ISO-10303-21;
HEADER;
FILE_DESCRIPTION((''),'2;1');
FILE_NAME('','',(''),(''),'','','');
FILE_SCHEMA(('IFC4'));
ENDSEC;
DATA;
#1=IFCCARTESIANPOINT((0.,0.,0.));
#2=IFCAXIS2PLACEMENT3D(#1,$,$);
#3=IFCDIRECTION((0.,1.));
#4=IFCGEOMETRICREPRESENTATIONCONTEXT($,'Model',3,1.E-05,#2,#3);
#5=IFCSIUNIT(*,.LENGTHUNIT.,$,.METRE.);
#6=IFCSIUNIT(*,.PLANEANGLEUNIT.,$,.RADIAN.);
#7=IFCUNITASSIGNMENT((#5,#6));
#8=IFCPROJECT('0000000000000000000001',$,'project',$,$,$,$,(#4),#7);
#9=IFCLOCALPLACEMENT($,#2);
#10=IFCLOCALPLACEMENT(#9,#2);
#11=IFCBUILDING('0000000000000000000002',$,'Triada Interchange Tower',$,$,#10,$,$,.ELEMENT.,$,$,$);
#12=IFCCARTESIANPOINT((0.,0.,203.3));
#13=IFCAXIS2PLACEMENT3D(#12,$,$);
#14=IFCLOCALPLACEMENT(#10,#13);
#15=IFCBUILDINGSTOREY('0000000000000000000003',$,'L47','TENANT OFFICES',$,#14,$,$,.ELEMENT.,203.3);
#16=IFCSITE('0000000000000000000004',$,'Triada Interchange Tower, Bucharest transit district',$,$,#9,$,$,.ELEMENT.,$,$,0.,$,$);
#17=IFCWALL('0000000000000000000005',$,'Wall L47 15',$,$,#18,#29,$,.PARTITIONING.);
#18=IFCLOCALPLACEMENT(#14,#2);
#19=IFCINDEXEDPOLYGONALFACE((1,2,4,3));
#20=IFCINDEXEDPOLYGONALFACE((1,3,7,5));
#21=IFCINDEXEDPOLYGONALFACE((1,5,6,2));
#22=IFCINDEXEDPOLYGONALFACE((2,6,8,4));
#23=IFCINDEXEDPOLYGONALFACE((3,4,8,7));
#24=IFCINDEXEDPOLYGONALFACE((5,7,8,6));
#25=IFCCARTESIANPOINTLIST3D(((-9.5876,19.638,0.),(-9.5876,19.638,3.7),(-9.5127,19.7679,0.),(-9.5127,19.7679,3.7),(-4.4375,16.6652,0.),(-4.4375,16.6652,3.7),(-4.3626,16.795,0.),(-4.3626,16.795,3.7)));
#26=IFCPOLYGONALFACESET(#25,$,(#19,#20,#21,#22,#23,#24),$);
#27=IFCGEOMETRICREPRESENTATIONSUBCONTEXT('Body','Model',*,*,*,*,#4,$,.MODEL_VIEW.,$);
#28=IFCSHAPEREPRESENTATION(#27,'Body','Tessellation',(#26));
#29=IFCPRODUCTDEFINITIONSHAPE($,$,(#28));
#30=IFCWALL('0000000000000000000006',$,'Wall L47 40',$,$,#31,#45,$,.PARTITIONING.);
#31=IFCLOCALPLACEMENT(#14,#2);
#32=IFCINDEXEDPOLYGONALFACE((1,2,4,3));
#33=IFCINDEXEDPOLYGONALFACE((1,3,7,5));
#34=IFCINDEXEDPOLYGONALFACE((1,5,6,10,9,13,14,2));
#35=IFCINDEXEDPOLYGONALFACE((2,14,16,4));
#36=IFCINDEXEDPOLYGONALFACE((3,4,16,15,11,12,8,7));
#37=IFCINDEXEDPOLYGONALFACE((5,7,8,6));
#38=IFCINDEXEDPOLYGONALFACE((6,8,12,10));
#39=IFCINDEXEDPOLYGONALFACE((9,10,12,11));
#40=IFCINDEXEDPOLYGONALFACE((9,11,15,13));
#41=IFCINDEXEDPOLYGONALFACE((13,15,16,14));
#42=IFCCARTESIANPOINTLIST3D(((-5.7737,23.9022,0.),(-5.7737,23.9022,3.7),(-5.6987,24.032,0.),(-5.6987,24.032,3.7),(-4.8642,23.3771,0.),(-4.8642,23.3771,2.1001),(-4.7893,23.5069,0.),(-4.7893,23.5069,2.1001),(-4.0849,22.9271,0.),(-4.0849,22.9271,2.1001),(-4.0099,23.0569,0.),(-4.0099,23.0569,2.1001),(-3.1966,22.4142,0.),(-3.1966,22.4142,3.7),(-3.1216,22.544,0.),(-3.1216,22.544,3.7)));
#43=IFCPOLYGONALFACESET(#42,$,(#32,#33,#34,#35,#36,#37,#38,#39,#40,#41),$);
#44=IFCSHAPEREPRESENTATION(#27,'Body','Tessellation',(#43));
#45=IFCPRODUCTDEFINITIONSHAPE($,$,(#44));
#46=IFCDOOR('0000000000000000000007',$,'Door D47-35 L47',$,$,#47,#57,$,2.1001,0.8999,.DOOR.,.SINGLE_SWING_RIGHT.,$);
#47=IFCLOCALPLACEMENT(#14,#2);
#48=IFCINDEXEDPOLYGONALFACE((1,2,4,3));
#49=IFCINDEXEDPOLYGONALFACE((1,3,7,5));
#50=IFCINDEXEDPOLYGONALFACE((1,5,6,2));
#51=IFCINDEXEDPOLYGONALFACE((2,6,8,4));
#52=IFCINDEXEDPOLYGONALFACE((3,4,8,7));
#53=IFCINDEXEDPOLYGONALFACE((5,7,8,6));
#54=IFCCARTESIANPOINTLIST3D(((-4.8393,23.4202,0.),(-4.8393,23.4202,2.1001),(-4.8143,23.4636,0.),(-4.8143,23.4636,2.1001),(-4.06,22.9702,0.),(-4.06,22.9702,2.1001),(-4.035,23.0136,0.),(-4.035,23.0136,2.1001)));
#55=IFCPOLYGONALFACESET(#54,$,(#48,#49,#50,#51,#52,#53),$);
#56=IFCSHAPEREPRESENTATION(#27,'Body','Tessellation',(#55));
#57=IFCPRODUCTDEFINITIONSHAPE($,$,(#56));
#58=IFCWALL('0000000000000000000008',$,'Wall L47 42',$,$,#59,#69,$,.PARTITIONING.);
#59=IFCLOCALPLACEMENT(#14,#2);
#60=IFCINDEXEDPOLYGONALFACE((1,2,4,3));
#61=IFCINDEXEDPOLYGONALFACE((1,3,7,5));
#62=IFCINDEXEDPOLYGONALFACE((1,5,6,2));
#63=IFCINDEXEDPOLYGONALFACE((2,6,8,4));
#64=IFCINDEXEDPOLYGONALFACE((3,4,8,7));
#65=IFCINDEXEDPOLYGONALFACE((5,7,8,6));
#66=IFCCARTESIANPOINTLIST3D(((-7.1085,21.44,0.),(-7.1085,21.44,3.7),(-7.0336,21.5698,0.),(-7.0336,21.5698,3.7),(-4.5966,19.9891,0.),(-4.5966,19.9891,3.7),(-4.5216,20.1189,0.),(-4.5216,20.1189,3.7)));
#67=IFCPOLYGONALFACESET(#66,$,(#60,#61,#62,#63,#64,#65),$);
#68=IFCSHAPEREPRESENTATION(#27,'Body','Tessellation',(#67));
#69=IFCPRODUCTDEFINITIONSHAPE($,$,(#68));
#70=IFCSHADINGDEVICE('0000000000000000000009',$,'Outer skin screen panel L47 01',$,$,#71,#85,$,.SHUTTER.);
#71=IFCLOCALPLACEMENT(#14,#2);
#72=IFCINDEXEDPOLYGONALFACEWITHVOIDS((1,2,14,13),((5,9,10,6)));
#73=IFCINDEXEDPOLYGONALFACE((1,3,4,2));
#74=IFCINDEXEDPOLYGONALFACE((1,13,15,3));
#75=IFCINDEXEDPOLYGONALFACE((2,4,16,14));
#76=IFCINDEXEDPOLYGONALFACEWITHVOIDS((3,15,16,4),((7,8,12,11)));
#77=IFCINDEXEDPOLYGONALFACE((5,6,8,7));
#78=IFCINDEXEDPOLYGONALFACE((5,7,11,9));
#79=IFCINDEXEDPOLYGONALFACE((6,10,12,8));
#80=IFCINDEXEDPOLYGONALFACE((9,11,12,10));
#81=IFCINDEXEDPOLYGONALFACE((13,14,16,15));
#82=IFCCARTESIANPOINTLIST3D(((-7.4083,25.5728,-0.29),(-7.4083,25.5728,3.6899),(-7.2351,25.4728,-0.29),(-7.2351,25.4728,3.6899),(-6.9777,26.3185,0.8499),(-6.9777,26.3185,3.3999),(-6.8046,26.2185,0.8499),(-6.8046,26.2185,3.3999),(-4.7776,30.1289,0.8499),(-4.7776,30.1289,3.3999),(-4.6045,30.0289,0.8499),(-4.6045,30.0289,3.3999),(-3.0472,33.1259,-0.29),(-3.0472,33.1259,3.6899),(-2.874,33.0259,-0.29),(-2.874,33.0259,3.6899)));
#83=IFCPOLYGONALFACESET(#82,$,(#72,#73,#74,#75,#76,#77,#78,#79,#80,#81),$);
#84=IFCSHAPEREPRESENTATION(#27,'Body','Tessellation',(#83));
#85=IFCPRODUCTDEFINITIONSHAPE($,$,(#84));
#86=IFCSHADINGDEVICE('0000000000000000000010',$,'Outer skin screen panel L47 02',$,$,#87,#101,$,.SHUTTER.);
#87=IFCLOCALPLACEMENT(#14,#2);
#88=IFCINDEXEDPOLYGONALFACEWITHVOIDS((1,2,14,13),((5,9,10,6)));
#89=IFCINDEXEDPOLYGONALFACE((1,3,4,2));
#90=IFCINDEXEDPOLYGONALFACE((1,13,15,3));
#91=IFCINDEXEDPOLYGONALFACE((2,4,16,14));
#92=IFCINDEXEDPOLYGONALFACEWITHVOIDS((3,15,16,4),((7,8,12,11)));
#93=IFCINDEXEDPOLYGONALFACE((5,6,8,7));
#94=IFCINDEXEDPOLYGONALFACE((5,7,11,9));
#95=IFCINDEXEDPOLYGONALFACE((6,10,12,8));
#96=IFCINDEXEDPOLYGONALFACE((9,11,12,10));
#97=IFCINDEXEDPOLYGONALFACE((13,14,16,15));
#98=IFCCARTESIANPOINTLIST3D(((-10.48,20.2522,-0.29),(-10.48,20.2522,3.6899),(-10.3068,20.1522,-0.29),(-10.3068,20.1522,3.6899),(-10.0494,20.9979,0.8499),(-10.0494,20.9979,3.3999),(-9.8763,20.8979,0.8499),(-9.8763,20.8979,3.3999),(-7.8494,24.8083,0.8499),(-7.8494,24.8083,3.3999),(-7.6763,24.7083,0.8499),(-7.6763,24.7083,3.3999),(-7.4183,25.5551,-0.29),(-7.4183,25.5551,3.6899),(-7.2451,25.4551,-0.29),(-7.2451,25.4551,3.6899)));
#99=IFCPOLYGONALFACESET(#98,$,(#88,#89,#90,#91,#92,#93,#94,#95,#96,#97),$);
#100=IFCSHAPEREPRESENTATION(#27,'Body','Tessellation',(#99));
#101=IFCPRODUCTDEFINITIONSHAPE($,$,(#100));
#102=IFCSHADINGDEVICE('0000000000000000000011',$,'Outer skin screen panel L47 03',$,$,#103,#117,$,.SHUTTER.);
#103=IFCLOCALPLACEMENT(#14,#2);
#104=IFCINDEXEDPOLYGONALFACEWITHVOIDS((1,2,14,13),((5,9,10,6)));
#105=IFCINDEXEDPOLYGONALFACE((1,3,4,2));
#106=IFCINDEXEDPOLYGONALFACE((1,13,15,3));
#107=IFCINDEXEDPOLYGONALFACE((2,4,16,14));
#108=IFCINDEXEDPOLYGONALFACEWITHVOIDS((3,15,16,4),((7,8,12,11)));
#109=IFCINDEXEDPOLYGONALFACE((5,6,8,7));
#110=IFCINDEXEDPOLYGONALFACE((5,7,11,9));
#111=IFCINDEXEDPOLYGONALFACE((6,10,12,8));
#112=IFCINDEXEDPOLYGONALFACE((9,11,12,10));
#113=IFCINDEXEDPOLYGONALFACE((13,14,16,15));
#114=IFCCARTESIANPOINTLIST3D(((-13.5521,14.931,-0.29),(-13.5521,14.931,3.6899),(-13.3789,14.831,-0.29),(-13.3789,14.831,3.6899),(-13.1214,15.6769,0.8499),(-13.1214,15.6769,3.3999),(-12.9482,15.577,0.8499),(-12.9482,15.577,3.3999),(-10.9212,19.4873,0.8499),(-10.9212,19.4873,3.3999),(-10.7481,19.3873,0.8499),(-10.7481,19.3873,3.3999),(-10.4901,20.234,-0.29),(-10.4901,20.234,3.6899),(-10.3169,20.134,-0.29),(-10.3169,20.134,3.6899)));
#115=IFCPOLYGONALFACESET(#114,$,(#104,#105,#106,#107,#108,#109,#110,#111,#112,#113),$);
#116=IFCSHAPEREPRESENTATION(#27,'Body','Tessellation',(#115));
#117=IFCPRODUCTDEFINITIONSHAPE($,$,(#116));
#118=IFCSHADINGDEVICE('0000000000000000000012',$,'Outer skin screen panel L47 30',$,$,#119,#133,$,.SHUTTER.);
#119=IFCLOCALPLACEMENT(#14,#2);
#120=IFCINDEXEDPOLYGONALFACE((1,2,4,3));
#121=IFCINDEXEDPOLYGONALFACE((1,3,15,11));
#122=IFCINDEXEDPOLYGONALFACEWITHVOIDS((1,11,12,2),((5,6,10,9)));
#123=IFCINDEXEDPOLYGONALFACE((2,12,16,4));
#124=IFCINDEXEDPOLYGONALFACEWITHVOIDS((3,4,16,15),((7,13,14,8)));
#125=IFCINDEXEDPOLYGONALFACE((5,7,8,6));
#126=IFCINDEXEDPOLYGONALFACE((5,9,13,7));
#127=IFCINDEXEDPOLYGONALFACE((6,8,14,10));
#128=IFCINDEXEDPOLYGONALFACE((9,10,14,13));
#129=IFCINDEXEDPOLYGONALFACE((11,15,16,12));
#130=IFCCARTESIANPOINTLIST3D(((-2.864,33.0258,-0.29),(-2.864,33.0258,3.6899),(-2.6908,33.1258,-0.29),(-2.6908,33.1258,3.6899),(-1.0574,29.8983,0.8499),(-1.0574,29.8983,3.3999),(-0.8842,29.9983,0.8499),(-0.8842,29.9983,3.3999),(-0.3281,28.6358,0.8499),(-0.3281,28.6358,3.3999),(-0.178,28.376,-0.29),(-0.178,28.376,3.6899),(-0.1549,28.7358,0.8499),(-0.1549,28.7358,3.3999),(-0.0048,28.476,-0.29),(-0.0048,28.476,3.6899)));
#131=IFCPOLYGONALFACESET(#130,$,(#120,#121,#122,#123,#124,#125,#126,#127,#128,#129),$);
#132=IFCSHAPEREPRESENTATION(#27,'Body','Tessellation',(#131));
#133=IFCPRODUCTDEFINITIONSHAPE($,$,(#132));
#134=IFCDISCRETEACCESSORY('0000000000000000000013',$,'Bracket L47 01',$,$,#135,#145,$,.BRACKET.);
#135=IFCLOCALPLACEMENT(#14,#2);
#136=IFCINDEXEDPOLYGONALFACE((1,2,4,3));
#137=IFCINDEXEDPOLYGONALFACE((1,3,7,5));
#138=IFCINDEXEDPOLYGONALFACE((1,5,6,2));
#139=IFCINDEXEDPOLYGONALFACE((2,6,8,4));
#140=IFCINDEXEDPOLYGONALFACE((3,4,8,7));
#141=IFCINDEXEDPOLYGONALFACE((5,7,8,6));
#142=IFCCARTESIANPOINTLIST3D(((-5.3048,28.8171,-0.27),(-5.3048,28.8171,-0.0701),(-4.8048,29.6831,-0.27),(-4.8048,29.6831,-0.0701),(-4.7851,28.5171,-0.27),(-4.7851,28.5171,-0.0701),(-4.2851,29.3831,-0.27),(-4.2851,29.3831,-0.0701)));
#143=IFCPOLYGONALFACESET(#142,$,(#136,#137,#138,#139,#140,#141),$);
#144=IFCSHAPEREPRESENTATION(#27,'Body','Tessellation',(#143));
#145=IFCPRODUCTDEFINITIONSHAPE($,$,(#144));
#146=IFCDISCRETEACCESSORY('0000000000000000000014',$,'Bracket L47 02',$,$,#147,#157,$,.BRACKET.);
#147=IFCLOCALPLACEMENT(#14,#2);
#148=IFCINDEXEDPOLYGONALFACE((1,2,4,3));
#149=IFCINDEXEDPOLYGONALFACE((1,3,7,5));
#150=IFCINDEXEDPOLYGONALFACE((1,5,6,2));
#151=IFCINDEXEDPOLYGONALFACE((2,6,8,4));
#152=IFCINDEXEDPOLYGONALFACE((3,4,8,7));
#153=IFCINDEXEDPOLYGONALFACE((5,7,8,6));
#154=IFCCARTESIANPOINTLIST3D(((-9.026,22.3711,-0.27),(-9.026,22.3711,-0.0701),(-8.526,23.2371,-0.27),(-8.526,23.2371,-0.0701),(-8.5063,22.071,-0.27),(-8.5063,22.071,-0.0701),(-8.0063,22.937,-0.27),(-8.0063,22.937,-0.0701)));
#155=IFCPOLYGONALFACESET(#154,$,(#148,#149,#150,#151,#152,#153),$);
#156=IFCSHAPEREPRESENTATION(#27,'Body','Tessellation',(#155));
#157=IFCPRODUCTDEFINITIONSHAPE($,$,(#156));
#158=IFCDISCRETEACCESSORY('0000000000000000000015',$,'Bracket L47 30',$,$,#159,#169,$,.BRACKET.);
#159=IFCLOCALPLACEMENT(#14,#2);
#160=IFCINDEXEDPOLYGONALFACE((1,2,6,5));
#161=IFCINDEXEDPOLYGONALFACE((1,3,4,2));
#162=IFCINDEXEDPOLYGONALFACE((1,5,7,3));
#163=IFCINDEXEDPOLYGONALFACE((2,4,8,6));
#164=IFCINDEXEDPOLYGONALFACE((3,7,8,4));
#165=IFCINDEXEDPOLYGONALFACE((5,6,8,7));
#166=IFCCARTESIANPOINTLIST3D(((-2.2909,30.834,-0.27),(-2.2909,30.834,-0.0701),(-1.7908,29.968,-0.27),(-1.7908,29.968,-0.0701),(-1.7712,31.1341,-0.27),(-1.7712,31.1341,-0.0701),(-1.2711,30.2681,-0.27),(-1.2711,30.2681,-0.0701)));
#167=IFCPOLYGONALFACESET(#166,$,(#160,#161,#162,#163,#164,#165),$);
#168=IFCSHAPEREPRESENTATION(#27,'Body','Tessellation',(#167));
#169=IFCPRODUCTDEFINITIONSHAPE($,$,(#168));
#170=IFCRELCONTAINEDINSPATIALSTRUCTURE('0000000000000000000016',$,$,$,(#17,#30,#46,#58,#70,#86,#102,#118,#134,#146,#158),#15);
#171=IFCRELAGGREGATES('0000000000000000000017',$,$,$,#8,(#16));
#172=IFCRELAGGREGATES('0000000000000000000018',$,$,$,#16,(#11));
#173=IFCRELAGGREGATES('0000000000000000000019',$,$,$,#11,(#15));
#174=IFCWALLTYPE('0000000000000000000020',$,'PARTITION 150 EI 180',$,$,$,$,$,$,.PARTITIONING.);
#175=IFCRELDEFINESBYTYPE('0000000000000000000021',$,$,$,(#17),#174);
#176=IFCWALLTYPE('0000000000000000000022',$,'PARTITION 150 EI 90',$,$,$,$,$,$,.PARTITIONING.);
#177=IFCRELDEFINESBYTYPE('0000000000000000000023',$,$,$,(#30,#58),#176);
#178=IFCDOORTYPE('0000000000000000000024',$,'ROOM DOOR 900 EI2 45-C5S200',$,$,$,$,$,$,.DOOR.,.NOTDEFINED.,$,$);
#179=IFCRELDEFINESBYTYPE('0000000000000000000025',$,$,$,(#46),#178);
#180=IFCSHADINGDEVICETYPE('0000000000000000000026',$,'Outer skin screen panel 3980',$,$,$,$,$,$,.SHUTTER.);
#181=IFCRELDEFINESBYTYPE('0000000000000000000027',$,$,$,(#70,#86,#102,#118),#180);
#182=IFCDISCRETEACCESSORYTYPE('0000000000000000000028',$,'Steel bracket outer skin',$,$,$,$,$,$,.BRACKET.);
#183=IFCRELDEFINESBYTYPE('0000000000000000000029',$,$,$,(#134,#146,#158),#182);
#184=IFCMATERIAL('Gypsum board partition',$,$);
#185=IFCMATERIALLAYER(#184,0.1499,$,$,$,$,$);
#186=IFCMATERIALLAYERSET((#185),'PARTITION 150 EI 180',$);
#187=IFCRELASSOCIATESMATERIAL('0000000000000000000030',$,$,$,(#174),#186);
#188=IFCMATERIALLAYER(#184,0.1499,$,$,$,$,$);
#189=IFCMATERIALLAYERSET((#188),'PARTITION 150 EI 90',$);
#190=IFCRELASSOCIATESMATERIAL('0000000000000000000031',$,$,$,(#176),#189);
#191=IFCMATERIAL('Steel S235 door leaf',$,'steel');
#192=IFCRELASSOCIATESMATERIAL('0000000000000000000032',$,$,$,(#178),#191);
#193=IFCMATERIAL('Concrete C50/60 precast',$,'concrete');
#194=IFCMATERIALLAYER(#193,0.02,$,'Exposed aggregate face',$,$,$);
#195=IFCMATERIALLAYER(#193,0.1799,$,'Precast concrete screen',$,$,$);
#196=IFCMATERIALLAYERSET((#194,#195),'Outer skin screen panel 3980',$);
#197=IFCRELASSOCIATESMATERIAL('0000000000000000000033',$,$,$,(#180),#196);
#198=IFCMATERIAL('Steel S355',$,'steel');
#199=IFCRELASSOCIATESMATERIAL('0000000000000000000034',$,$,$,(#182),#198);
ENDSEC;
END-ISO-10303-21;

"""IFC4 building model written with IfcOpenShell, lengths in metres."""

from ifc_helpers import new_model, si_unit, direction, frame, frame_2d, origin, origin_2d, place, context, subcontext, project, spatial, polyline, rectangle, outline, extrude, material, layer, layer_set, type_object, element, fill, save


model = new_model("IFC4")

# Units and contexts
model_context = context("Model", 3, precision=1e-05, world=origin(), true_north=direction((0.0, 1.0)))
body_context = subcontext(model_context, "Body", "Model", "MODEL_VIEW")
ifc_project = project(units=[si_unit("LENGTHUNIT", "METRE"), si_unit("PLANEANGLEUNIT", "RADIAN")], contexts=[model_context])

# Site, building, storey
site_placement = place(None, origin())
site = spatial("IfcSite", under=ifc_project, at=site_placement, Name="Triada Interchange Tower, Bucharest transit district", CompositionType="ELEMENT", RefElevation=0.0)
building_placement = place(site_placement, origin())
building = spatial("IfcBuilding", under=site, at=building_placement, Name="Triada Interchange Tower", CompositionType="ELEMENT")
storey_placement = place(building_placement, frame((0.0, 0.0, 203.3)))
storey = spatial("IfcBuildingStorey", under=building, at=storey_placement, Name="L47", Description="TENANT OFFICES", CompositionType="ELEMENT", Elevation=203.3)

# Wall
ifc_material_1 = material(Name="Gypsum board partition")
ifc_layer_1 = layer(ifc_material_1, 0.1499)
ifc_layer_set_1 = layer_set([ifc_layer_1], Name="PARTITION 150 EI 180")
wall_type_1 = type_object("IfcWallType", Name="PARTITION 150 EI 180", PredefinedType="PARTITIONING", material=ifc_layer_set_1)
wall_1_placement = place(storey_placement, frame((-9.55, 19.7029, 0.0), z_axis=(0.0, 0.0, 1.0), x_axis=(0.866065, -0.499932, 0.0)))
element("IfcWall", 1, at=wall_1_placement, inside=storey, type_object=wall_type_1, Name="Wall L47 15", PredefinedType="PARTITIONING", context=body_context, shape_type="SweptSolid", body=[
    extrude(rectangle(XDim=5.9465, YDim=0.1499, at=frame_2d((2.9731, 0.0))), origin(), (0.0, 0.0, 1.0), 3.7),
])

# Wall, opening, door
ifc_layer_2 = layer(ifc_material_1, 0.1499)
ifc_layer_set_2 = layer_set([ifc_layer_2], Name="PARTITION 150 EI 90")
wall_type_2 = type_object("IfcWallType", Name="PARTITION 150 EI 90", PredefinedType="PARTITIONING", material=ifc_layer_set_2)
wall_2_placement = place(storey_placement, frame((-5.7361, 23.967, 0.0), z_axis=(0.0, 0.0, 1.0), x_axis=(0.866008, -0.50003, 0.0)))
wall_2 = element("IfcWall", 2, at=wall_2_placement, inside=storey, type_object=wall_type_2, Name="Wall L47 40", PredefinedType="PARTITIONING", context=body_context, shape_type="SweptSolid", body=[
    extrude(rectangle(XDim=2.9758, YDim=0.1499, at=frame_2d((1.4878, 0.0))), origin(), (0.0, 0.0, 1.0), 3.7),
])
opening_1_placement = place(wall_2_placement, frame((1.05, 0.0, 0.0)))
opening_1 = element("IfcOpeningElement", 3, at=opening_1_placement, cuts=wall_2, PredefinedType="OPENING", context=body_context, shape_type="SweptSolid", body=[
    extrude(rectangle(XDim=0.8999, YDim=2.1001, at=frame_2d((0.45, 1.05))), frame((0.0, 0.085, 0.0), z_axis=(0.0, -1.0, 0.0), x_axis=(1.0, 0.0, 0.0)), (0.0, 0.0, 1.0), 0.1699),
])
ifc_material_2 = material(Name="Steel S235 door leaf", Category="steel")
door_type = type_object("IfcDoorType", Name="ROOM DOOR 900 EI2 45-C5S200", OperationType="NOTDEFINED", PredefinedType="DOOR", material=ifc_material_2)
door_placement = place(opening_1_placement, origin())
door = element("IfcDoor", 4, at=door_placement, inside=storey, type_object=door_type, Name="Door D47-35 L47", OperationType="SINGLE_SWING_RIGHT", OverallHeight=2.1001, OverallWidth=0.8999, PredefinedType="DOOR", context=body_context, shape_type="SweptSolid", body=[
    extrude(rectangle(XDim=0.8999, YDim=2.1001, at=frame_2d((0.45, 1.05))), frame((0.0, 0.0249, 0.0), z_axis=(0.0, -1.0, 0.0), x_axis=(1.0, 0.0, 0.0)), (0.0, 0.0, 1.0), 0.05),
])
fill(opening_1, door)

# Wall
wall_3_placement = place(storey_placement, frame((-7.071, 21.5049, 0.0), z_axis=(0.0, 0.0, 1.0), x_axis=(0.865929, -0.500167, 0.0)))
element("IfcWall", 5, at=wall_3_placement, inside=storey, type_object=wall_type_2, Name="Wall L47 42", PredefinedType="PARTITIONING", context=body_context, shape_type="SweptSolid", body=[
    extrude(rectangle(XDim=2.9009, YDim=0.1499, at=frame_2d((1.4504, 0.0))), origin(), (0.0, 0.0, 1.0), 3.7),
])

# Shading devices
ifc_material_3 = material(Name="Concrete C50/60 precast", Category="concrete")
ifc_layer_3 = layer(ifc_material_3, 0.02, Name="Exposed aggregate face")
ifc_layer_4 = layer(ifc_material_3, 0.1799, Name="Precast concrete screen")
ifc_layer_set_3 = layer_set([ifc_layer_3, ifc_layer_4], Name="Outer skin screen panel 3980")
shading_device_type = type_object("IfcShadingDeviceType", Name="Outer skin screen panel 3980", PredefinedType="SHUTTER", material=ifc_layer_set_3)
shading_device_1_placement = place(storey_placement, frame((-2.874, 33.0259, -0.29), z_axis=(0.0, 0.0, 1.0), x_axis=(-0.500032, -0.866007, 0.0)))
element("IfcShadingDevice", 6, at=shading_device_1_placement, inside=storey, type_object=shading_device_type, Name="Outer skin screen panel L47 01", PredefinedType="SHUTTER", context=body_context, shape_type="SweptSolid", body=[
    extrude(outline(polyline([(0.0, 0.0), (8.7217, 0.0), (8.7217, 3.98), (0.0, 3.98), (0.0, 0.0)]), holes=[polyline([(3.4607, 1.1399), (3.4607, 3.6899), (7.8606, 3.6899), (7.8606, 1.1399), (3.4607, 1.1399)])]), frame((0.0, 0.0, 0.0), z_axis=(0.0, -1.0, 0.0), x_axis=(1.0, 0.0, 0.0)), (0.0, 0.0, 1.0), 0.2),
])
shading_device_2_placement = place(storey_placement, frame((-7.2451, 25.4551, -0.29), z_axis=(0.0, 0.0, 1.0), x_axis=(-0.500011, -0.866019, 0.0)))
element("IfcShadingDevice", 7, at=shading_device_2_placement, inside=storey, type_object=shading_device_type, Name="Outer skin screen panel L47 02", PredefinedType="SHUTTER", context=body_context, shape_type="SweptSolid", body=[
    extrude(outline(polyline([(0.0, 0.0), (6.1233, 0.0), (6.1233, 3.98), (0.0, 3.98), (0.0, 0.0)]), holes=[polyline([(0.8623, 1.1399), (0.8623, 3.6899), (5.2622, 3.6899), (5.2622, 1.1399), (0.8623, 1.1399)])]), frame((0.0, 0.0, 0.0), z_axis=(0.0, -1.0, 0.0), x_axis=(1.0, 0.0, 0.0)), (0.0, 0.0, 1.0), 0.2),
])
shading_device_3_placement = place(storey_placement, frame((-10.3169, 20.134, -0.29), z_axis=(0.0, 0.0, 1.0), x_axis=(-0.500041, -0.866002, 0.0)))
element("IfcShadingDevice", 8, at=shading_device_3_placement, inside=storey, type_object=shading_device_type, Name="Outer skin screen panel L47 03", PredefinedType="SHUTTER", context=body_context, shape_type="SweptSolid", body=[
    extrude(outline(polyline([(0.0, 0.0), (6.1235, 0.0), (6.1235, 3.98), (0.0, 3.98), (0.0, 0.0)]), holes=[polyline([(0.8623, 1.1399), (0.8623, 3.6899), (5.2622, 3.6899), (5.2622, 1.1399), (0.8623, 1.1399)])]), frame((0.0, 0.0, 0.0), z_axis=(0.0, -1.0, 0.0), x_axis=(1.0, 0.0, 0.0)), (0.0, 0.0, 1.0), 0.2),
])
shading_device_4_placement = place(storey_placement, frame((-0.178, 28.376, -0.29), z_axis=(0.0, 0.0, 1.0), x_axis=(-0.500197, 0.865911, 0.0)))
element("IfcShadingDevice", 9, at=shading_device_4_placement, inside=storey, type_object=shading_device_type, Name="Outer skin screen panel L47 30", PredefinedType="SHUTTER", context=body_context, shape_type="SweptSolid", body=[
    extrude(outline(polyline([(0.0, 0.0), (5.3699, 0.0), (5.3699, 3.98), (0.0, 3.98), (0.0, 0.0)]), holes=[polyline([(0.3, 1.1399), (0.3, 3.6899), (1.7581, 3.6899), (1.7581, 1.1399), (0.3, 1.1399)])]), frame((0.0, 0.0, 0.0), z_axis=(0.0, -1.0, 0.0), x_axis=(1.0, 0.0, 0.0)), (0.0, 0.0, 1.0), 0.2),
])

# Discrete accessories
ifc_material_4 = material(Name="Steel S355", Category="steel")
discrete_accessory_type = type_object("IfcDiscreteAccessoryType", Name="Steel bracket outer skin", PredefinedType="BRACKET", material=ifc_material_4)
for number, where, z_axis, x_axis, name in (
    (10, (-4.7949, 29.1001, -0.27), (0.0, 0.0, 1.0), (-0.866021, 0.500007, 0.0), "Bracket L47 01"),
    (11, (-8.5161, 22.6541, -0.27), (0.0, 0.0, 1.0), (-0.866021, 0.500007, 0.0), "Bracket L47 02"),
    (12, (-1.781, 30.551, -0.27), (0.0, 0.0, 1.0), (0.865971, 0.500095, 0.0), "Bracket L47 30"),
):
    element("IfcDiscreteAccessory", number, at=place(storey_placement, frame(where, z_axis=z_axis, x_axis=x_axis)), inside=storey, type_object=discrete_accessory_type, Name=name, PredefinedType="BRACKET", context=body_context, shape_type="SweptSolid", body=[
        extrude(rectangle(XDim=0.6001, YDim=1.0, at=origin_2d()), origin(), (0.0, 0.0, 1.0), 0.2),
    ])

save(model, "model.ifc")
